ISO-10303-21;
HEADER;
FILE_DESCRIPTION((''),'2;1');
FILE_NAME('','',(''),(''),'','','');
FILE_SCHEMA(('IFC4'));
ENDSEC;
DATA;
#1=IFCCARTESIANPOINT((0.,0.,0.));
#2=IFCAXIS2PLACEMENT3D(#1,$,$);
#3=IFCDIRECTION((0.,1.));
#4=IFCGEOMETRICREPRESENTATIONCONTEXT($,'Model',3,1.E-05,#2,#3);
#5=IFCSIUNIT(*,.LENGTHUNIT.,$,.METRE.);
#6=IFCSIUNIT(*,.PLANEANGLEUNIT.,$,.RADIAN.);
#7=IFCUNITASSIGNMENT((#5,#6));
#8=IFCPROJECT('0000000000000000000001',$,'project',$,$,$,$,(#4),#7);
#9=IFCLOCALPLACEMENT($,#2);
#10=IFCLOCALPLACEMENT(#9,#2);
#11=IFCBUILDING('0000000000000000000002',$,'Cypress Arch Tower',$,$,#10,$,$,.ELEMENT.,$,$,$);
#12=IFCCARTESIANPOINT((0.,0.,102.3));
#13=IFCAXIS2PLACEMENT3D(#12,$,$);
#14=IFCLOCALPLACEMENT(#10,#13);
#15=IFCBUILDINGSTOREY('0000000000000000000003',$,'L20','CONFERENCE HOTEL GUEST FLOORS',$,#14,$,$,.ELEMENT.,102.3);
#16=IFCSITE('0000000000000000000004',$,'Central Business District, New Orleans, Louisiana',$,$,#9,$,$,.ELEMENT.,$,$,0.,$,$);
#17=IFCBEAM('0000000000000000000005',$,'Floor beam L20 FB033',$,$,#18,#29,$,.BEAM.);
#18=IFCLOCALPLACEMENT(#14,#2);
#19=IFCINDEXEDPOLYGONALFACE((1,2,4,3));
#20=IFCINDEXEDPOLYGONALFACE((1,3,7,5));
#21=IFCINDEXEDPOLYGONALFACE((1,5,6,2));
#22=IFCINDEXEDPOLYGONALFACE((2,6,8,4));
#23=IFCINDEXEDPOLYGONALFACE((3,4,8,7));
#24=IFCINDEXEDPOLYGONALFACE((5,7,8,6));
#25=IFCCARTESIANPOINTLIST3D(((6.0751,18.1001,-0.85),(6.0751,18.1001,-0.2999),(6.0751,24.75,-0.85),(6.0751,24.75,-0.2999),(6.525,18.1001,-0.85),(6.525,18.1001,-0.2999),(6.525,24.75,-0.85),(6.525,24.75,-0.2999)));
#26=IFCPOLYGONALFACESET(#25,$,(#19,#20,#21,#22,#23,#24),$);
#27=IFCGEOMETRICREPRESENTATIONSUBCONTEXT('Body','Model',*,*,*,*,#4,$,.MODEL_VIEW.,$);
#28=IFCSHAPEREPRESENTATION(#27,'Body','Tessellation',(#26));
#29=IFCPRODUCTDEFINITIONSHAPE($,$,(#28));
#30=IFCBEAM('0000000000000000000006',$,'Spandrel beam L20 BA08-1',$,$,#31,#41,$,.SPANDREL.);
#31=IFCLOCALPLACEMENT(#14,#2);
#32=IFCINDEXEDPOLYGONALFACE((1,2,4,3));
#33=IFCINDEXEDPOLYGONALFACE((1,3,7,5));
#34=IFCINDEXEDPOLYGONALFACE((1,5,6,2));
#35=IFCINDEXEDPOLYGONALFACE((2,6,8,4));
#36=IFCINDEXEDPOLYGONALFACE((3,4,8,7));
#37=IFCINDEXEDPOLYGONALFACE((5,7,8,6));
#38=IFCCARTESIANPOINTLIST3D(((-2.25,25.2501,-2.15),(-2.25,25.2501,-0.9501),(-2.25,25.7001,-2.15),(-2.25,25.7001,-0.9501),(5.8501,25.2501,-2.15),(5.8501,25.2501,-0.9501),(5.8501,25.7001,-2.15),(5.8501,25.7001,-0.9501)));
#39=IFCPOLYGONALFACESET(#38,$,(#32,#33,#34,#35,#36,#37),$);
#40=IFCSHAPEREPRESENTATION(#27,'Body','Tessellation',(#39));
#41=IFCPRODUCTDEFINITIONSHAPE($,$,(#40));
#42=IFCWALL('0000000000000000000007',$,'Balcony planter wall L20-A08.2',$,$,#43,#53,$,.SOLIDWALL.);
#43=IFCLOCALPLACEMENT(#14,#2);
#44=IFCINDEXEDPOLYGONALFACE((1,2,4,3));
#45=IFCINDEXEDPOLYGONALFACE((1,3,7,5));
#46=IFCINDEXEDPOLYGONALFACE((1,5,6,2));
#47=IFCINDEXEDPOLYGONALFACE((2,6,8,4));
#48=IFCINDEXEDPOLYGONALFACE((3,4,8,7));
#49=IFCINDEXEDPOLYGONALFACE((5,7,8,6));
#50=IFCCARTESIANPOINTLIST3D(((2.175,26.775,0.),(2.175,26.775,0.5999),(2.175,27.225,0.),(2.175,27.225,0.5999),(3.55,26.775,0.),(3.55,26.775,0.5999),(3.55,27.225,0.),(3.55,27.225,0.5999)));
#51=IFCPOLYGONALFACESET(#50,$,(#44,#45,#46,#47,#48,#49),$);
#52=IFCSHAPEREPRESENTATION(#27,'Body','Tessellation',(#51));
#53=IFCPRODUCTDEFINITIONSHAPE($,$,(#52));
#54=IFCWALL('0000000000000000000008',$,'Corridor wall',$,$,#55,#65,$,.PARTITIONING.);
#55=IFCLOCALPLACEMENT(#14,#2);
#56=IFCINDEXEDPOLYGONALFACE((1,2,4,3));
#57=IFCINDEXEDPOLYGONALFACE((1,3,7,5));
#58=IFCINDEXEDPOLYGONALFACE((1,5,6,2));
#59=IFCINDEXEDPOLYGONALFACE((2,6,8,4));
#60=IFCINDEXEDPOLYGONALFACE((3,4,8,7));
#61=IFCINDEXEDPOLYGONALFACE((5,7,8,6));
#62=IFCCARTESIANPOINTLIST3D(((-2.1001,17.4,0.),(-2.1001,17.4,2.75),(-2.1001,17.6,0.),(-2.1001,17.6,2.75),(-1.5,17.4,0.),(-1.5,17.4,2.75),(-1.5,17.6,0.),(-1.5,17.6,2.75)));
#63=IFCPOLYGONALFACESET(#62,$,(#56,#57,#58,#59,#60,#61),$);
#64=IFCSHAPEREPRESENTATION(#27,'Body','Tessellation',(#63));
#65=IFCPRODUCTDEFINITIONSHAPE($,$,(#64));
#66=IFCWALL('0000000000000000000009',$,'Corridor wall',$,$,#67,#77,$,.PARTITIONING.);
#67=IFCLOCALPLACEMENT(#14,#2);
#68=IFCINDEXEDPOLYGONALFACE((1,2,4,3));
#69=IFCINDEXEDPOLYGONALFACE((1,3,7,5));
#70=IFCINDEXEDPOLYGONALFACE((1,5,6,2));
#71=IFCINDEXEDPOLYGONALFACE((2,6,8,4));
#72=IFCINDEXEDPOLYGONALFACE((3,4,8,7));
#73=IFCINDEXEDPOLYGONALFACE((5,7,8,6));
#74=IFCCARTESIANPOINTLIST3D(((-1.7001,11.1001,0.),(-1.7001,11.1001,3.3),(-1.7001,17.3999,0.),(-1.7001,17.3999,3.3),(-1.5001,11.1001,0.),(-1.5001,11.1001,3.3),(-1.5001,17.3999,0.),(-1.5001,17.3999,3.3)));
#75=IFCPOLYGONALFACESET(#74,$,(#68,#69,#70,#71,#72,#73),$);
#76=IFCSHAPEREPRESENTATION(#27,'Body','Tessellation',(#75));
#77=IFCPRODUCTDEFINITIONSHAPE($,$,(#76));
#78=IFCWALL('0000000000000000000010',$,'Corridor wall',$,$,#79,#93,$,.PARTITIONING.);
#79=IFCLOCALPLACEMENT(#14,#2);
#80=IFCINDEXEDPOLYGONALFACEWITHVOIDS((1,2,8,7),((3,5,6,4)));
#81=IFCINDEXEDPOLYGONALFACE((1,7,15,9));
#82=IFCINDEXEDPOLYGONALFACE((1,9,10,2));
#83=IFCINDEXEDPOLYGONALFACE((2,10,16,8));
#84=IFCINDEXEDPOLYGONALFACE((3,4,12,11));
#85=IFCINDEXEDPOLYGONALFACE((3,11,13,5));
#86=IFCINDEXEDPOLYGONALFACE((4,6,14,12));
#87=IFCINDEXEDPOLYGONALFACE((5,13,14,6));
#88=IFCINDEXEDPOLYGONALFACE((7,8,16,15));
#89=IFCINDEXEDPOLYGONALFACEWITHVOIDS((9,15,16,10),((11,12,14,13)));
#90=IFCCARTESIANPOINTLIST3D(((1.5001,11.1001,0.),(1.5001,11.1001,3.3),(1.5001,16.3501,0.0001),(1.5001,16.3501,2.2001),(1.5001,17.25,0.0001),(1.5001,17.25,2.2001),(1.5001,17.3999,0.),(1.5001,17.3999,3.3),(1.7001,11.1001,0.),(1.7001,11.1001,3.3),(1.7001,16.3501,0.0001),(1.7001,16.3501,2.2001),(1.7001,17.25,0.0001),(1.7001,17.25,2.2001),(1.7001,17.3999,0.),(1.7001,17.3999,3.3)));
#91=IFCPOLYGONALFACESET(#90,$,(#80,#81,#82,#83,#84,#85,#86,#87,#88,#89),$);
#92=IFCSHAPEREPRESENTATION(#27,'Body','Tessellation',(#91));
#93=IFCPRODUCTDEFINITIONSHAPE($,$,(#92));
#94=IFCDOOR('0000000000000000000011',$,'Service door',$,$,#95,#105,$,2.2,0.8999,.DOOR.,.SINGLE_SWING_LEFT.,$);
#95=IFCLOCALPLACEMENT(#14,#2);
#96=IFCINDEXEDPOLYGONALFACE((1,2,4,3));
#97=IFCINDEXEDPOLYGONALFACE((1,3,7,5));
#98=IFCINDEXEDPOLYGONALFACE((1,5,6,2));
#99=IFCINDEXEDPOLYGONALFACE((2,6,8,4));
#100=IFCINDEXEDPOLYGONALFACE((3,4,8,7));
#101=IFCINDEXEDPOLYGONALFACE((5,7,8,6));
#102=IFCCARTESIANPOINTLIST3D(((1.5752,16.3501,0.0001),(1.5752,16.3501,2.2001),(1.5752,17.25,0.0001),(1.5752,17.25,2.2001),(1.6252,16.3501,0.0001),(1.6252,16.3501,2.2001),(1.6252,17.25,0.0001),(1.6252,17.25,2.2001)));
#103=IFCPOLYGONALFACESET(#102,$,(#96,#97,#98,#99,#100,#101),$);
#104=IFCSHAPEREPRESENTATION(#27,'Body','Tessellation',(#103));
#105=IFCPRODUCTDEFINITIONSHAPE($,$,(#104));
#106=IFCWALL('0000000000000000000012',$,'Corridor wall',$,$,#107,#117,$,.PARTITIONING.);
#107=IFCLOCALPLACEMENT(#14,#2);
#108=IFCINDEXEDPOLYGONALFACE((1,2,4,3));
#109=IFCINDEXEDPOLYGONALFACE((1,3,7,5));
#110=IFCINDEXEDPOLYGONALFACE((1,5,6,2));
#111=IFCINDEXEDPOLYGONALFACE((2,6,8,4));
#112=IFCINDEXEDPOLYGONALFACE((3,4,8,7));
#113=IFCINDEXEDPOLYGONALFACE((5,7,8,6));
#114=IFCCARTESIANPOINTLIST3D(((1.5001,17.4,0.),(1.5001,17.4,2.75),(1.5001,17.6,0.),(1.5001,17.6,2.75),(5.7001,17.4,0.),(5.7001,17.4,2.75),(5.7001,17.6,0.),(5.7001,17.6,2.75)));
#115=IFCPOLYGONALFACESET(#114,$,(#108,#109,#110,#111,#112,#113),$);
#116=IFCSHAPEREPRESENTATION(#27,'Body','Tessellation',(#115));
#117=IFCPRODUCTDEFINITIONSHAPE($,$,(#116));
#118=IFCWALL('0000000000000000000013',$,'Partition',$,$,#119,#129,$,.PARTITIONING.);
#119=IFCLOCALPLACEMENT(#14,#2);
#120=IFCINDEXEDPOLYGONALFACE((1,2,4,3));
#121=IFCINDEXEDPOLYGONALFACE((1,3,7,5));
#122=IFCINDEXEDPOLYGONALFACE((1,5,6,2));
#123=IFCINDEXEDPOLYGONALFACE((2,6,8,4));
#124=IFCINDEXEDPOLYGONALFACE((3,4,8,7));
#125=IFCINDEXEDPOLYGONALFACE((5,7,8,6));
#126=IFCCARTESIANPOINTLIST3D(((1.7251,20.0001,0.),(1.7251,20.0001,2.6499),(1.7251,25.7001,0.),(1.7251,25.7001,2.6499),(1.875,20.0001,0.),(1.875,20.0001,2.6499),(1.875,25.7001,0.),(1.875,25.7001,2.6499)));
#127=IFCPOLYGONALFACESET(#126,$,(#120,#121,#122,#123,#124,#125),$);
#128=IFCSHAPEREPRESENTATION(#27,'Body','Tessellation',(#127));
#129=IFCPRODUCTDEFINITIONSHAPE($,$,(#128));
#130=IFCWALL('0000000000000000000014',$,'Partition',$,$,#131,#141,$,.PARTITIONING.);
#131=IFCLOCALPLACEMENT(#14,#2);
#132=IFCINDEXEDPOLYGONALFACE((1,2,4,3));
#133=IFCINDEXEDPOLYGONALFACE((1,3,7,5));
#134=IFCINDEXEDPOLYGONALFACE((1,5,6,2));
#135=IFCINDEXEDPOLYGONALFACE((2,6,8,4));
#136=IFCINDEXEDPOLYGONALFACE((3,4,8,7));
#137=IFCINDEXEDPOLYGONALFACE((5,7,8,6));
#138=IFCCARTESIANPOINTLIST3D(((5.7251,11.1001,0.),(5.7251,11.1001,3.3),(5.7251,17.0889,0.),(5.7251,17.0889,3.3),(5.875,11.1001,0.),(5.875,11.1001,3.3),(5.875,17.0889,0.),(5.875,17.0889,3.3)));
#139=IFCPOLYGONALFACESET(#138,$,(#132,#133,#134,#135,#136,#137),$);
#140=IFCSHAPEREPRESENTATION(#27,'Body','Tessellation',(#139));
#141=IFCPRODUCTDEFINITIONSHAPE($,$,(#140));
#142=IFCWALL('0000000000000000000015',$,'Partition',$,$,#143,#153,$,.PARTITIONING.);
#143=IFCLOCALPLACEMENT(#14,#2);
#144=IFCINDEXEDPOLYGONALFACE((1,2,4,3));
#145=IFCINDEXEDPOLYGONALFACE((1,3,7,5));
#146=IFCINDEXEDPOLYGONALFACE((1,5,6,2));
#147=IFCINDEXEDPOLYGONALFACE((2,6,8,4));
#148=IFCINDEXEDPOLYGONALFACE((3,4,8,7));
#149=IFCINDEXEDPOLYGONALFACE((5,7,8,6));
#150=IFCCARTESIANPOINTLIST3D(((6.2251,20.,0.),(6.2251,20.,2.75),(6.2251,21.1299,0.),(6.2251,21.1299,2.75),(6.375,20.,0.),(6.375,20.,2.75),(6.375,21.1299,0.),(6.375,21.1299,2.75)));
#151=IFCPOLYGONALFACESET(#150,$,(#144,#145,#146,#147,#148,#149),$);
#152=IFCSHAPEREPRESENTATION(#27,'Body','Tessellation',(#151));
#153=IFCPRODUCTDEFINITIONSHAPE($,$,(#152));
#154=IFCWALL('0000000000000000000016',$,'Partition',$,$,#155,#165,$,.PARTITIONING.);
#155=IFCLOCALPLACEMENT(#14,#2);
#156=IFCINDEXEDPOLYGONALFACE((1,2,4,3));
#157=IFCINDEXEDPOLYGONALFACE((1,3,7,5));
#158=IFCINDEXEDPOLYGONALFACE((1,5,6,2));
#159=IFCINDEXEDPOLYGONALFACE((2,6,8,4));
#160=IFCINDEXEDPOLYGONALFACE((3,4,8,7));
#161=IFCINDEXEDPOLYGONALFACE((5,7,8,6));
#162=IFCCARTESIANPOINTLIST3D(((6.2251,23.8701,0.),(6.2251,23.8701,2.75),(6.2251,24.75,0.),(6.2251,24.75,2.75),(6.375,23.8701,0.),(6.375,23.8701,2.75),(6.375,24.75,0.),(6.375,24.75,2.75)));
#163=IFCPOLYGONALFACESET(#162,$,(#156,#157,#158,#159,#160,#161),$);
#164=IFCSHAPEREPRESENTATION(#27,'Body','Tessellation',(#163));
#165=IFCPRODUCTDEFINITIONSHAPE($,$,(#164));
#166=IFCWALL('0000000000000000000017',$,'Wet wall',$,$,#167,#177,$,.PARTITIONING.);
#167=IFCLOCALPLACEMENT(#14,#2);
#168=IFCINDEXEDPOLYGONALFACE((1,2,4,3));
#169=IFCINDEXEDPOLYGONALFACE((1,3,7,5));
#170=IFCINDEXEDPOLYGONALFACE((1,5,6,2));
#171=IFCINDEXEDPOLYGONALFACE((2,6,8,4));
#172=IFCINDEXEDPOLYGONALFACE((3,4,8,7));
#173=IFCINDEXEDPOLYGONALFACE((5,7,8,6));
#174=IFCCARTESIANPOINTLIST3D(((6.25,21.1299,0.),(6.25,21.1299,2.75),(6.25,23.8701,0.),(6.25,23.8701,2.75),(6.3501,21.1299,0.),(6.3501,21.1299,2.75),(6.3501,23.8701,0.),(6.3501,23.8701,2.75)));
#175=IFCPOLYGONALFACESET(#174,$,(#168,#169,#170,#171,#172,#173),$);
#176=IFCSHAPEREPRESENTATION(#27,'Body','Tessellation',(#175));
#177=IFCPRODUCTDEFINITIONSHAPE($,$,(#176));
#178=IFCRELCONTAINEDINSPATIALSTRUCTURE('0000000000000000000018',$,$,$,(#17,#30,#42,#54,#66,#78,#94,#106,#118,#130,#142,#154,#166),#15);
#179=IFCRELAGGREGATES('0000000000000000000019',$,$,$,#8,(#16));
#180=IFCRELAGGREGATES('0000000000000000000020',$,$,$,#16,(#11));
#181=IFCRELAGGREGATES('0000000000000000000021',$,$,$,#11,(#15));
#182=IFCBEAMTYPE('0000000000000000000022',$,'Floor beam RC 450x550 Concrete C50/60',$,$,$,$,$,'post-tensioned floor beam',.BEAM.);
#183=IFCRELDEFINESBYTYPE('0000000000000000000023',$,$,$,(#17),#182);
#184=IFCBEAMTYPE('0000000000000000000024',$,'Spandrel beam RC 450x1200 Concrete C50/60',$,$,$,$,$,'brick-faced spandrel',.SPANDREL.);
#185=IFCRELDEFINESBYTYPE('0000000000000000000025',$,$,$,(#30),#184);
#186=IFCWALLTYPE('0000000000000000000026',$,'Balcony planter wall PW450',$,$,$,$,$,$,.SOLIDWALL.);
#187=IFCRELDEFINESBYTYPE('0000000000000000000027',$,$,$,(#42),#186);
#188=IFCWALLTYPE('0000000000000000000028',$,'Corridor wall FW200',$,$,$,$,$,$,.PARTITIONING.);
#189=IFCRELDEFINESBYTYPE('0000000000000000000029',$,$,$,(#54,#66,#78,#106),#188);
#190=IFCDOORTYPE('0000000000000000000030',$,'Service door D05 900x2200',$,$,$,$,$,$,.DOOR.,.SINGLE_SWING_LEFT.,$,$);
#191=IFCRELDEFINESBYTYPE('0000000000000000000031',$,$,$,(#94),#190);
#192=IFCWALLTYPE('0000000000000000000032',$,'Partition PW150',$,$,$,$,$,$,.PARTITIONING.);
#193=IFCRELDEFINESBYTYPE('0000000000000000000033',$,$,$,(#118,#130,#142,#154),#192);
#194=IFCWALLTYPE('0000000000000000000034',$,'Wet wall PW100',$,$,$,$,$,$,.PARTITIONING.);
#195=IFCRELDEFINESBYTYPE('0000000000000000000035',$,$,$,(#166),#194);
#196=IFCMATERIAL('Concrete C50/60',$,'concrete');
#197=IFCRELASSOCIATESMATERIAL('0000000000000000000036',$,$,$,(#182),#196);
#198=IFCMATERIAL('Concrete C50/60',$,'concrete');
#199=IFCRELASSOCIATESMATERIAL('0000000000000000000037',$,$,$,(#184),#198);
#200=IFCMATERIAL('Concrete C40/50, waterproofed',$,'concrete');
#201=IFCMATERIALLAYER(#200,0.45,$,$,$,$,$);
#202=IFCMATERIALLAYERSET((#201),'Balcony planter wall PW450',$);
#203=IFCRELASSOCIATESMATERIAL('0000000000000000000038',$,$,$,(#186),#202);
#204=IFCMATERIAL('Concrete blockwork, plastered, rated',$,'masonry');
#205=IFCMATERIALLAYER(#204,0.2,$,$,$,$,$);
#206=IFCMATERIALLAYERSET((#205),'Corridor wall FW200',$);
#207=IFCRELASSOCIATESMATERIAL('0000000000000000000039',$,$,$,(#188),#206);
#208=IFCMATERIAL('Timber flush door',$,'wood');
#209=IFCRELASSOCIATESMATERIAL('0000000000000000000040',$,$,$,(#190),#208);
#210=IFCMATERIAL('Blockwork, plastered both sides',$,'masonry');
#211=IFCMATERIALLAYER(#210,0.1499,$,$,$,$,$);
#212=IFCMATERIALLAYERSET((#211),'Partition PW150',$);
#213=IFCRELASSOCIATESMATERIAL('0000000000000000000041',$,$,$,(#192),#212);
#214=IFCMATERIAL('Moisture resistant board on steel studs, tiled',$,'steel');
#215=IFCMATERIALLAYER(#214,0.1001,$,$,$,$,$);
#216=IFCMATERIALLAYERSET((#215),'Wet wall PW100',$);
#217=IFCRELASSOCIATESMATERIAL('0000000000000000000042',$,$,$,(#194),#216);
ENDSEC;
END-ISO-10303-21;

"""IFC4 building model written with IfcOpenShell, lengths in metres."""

from ifc_helpers import new_model, si_unit, direction, frame, frame_2d, origin, origin_2d, place, context, subcontext, project, spatial, rectangle, extrude, material, layer, layer_set, material_profile, profile_set, type_object, element, fill, save


model = new_model("IFC4")

# Units and contexts
model_context = context("Model", 3, precision=1e-05, world=origin(), true_north=direction((0.0, 1.0)))
body_context = subcontext(model_context, "Body", "Model", "MODEL_VIEW")
ifc_project = project(units=[si_unit("LENGTHUNIT", "METRE"), si_unit("PLANEANGLEUNIT", "RADIAN")], contexts=[model_context])

# Site, building, storey
site_placement = place(None, origin())
site = spatial("IfcSite", under=ifc_project, at=site_placement, Name="Central Business District, New Orleans, Louisiana", CompositionType="ELEMENT", RefElevation=0.0)
building_placement = place(site_placement, origin())
building = spatial("IfcBuilding", under=site, at=building_placement, Name="Cypress Arch Tower", CompositionType="ELEMENT")
storey_placement = place(building_placement, frame((0.0, 0.0, 102.3)))
storey = spatial("IfcBuildingStorey", under=building, at=storey_placement, Name="L20", Description="CONFERENCE HOTEL GUEST FLOORS", CompositionType="ELEMENT", Elevation=102.3)

# Beams
ifc_material_1 = material(Name="Concrete C50/60", Category="concrete")
ifc_material_profile_1 = material_profile(ifc_material_1, rectangle(XDim=0.45, YDim=0.55, at=origin_2d()), Name="RC 450x550")
ifc_profile_set_1 = profile_set([ifc_material_profile_1], Name="Concrete C50/60")
beam_type_1 = type_object("IfcBeamType", Name="Floor beam RC 450x550 Concrete C50/60", ElementType="post-tensioned floor beam", PredefinedType="BEAM", material=ifc_profile_set_1)
beam_1_placement = place(storey_placement, frame((6.3, 18.1001, -0.575), z_axis=(0.0, 1.0, 0.0), x_axis=(-1.0, 0.0, 0.0)))
element("IfcBeam", 1, at=beam_1_placement, inside=storey, type_object=beam_type_1, Name="Floor beam L20 FB033", PredefinedType="BEAM", context=body_context, shape_type="SweptSolid", body=[
    extrude(rectangle(XDim=0.45, YDim=0.55, at=origin_2d()), origin(), (0.0, 0.0, 1.0), 6.6499),
])
ifc_material_2 = material(Name="Concrete C50/60", Category="concrete")
ifc_material_profile_2 = material_profile(ifc_material_2, rectangle(XDim=0.45, YDim=1.2, at=origin_2d()), Name="RC 450x1200")
ifc_profile_set_2 = profile_set([ifc_material_profile_2], Name="Concrete C50/60")
beam_type_2 = type_object("IfcBeamType", Name="Spandrel beam RC 450x1200 Concrete C50/60", ElementType="brick-faced spandrel", PredefinedType="SPANDREL", material=ifc_profile_set_2)
beam_2_placement = place(storey_placement, frame((5.8501, 25.4751, -1.55), z_axis=(-1.0, 0.0, 0.0), x_axis=(0.0, -1.0, 0.0)))
element("IfcBeam", 2, at=beam_2_placement, inside=storey, type_object=beam_type_2, Name="Spandrel beam L20 BA08-1", PredefinedType="SPANDREL", context=body_context, shape_type="SweptSolid", body=[
    extrude(rectangle(XDim=0.45, YDim=1.2, at=origin_2d()), origin(), (0.0, 0.0, 1.0), 8.1001),
])

# Wall
ifc_material_3 = material(Name="Concrete C40/50, waterproofed", Category="concrete")
ifc_layer_1 = layer(ifc_material_3, 0.45)
ifc_layer_set_1 = layer_set([ifc_layer_1], Name="Balcony planter wall PW450")
wall_type_1 = type_object("IfcWallType", Name="Balcony planter wall PW450", PredefinedType="SOLIDWALL", material=ifc_layer_set_1)
wall_1_placement = place(storey_placement, frame((3.55, 27.0, 0.0), z_axis=(0.0, 0.0, 1.0), x_axis=(-1.0, 0.0, 0.0)))
element("IfcWall", 3, at=wall_1_placement, inside=storey, type_object=wall_type_1, Name="Balcony planter wall L20-A08.2", PredefinedType="SOLIDWALL", context=body_context, shape_type="SweptSolid", body=[
    extrude(rectangle(XDim=1.375, YDim=0.45, at=frame_2d((0.6875, 0.0))), origin(), (0.0, 0.0, 1.0), 0.5999),
])

# Walls
ifc_material_4 = material(Name="Concrete blockwork, plastered, rated", Category="masonry")
ifc_layer_2 = layer(ifc_material_4, 0.2)
ifc_layer_set_2 = layer_set([ifc_layer_2], Name="Corridor wall FW200")
wall_type_2 = type_object("IfcWallType", Name="Corridor wall FW200", PredefinedType="PARTITIONING", material=ifc_layer_set_2)
wall_2_placement = place(storey_placement, frame((-2.1001, 17.5, 0.0), z_axis=(0.0, 0.0, 1.0), x_axis=(1.0, 0.0, 0.0)))
element("IfcWall", 4, at=wall_2_placement, inside=storey, type_object=wall_type_2, Name="Corridor wall", PredefinedType="PARTITIONING", context=body_context, shape_type="SweptSolid", body=[
    extrude(rectangle(XDim=0.6001, YDim=0.2, at=frame_2d((0.3, 0.0))), origin(), (0.0, 0.0, 1.0), 2.75),
])
wall_3_placement = place(storey_placement, frame((-1.6001, 11.1001, 0.0), z_axis=(0.0, 0.0, 1.0), x_axis=(0.0, 1.0, 0.0)))
element("IfcWall", 5, at=wall_3_placement, inside=storey, type_object=wall_type_2, Name="Corridor wall", PredefinedType="PARTITIONING", context=body_context, shape_type="SweptSolid", body=[
    extrude(rectangle(XDim=6.2998, YDim=0.2, at=frame_2d((3.1499, 0.0))), origin(), (0.0, 0.0, 1.0), 3.3),
])

# Wall, opening, door
wall_4_placement = place(storey_placement, frame((1.6001, 11.1001, 0.0), z_axis=(0.0, 0.0, 1.0), x_axis=(0.0, 1.0, 0.0)))
wall_4 = element("IfcWall", 6, at=wall_4_placement, inside=storey, type_object=wall_type_2, Name="Corridor wall", PredefinedType="PARTITIONING", context=body_context, shape_type="SweptSolid", body=[
    extrude(rectangle(XDim=6.2998, YDim=0.2, at=frame_2d((3.1499, 0.0))), origin(), (0.0, 0.0, 1.0), 3.3),
])
opening_1_placement = place(wall_4_placement, frame((5.25, 0.0, 0.0)))
opening_1 = element("IfcOpeningElement", 7, at=opening_1_placement, cuts=wall_4, PredefinedType="OPENING", context=body_context, shape_type="SweptSolid", body=[
    extrude(rectangle(XDim=0.8999, YDim=2.2, at=frame_2d((0.45, 1.1001))), frame((0.0, 0.1099, 0.0), z_axis=(0.0, -1.0, 0.0), x_axis=(1.0, 0.0, 0.0)), (0.0, 0.0, 1.0), 0.22),
])
ifc_material_5 = material(Name="Timber flush door", Category="wood")
door_type_1 = type_object("IfcDoorType", Name="Service door D05 900x2200", OperationType="SINGLE_SWING_LEFT", PredefinedType="DOOR", material=ifc_material_5)
door_1_placement = place(opening_1_placement, origin())
door_1 = element("IfcDoor", 8, at=door_1_placement, inside=storey, type_object=door_type_1, Name="Service door", OperationType="SINGLE_SWING_LEFT", OverallHeight=2.2, OverallWidth=0.8999, PredefinedType="DOOR", context=body_context, shape_type="SweptSolid", body=[
    extrude(rectangle(XDim=0.8999, YDim=2.2, at=frame_2d((0.45, 1.1001))), frame((0.0, 0.0249, 0.0), z_axis=(0.0, -1.0, 0.0), x_axis=(1.0, 0.0, 0.0)), (0.0, 0.0, 1.0), 0.05),
])
fill(opening_1, door_1)

# Walls
wall_5_placement = place(storey_placement, frame((1.5, 17.5, 0.0), z_axis=(0.0, 0.0, 1.0), x_axis=(1.0, 0.0, 0.0)))
element("IfcWall", 9, at=wall_5_placement, inside=storey, type_object=wall_type_2, Name="Corridor wall", PredefinedType="PARTITIONING", context=body_context, shape_type="SweptSolid", body=[
    extrude(rectangle(XDim=4.2, YDim=0.2, at=frame_2d((2.1001, 0.0))), origin(), (0.0, 0.0, 1.0), 2.75),
])
ifc_material_6 = material(Name="Blockwork, plastered both sides", Category="masonry")
ifc_layer_3 = layer(ifc_material_6, 0.1499)
ifc_layer_set_3 = layer_set([ifc_layer_3], Name="Partition PW150")
wall_type_3 = type_object("IfcWallType", Name="Partition PW150", PredefinedType="PARTITIONING", material=ifc_layer_set_3)
wall_6_placement = place(storey_placement, frame((1.8, 20.0, 0.0), z_axis=(0.0, 0.0, 1.0), x_axis=(0.0, 1.0, 0.0)))
element("IfcWall", 10, at=wall_6_placement, inside=storey, type_object=wall_type_3, Name="Partition", PredefinedType="PARTITIONING", context=body_context, shape_type="SweptSolid", body=[
    extrude(rectangle(XDim=5.7, YDim=0.1499, at=frame_2d((2.8501, 0.0))), origin(), (0.0, 0.0, 1.0), 2.6499),
])
wall_7_placement = place(storey_placement, frame((5.8, 11.1001, 0.0), z_axis=(0.0, 0.0, 1.0), x_axis=(0.0, 1.0, 0.0)))
element("IfcWall", 11, at=wall_7_placement, inside=storey, type_object=wall_type_3, Name="Partition", PredefinedType="PARTITIONING", context=body_context, shape_type="SweptSolid", body=[
    extrude(rectangle(XDim=5.9888, YDim=0.1499, at=frame_2d((2.9944, 0.0))), origin(), (0.0, 0.0, 1.0), 3.3),
])
wall_8_placement = place(storey_placement, frame((6.3, 20.0, 0.0), z_axis=(0.0, 0.0, 1.0), x_axis=(0.0, 1.0, 0.0)))
element("IfcWall", 12, at=wall_8_placement, inside=storey, type_object=wall_type_3, Name="Partition", PredefinedType="PARTITIONING", context=body_context, shape_type="SweptSolid", body=[
    extrude(rectangle(XDim=1.1299, YDim=0.1499, at=frame_2d((0.5649, 0.0))), origin(), (0.0, 0.0, 1.0), 2.75),
])
wall_9_placement = place(storey_placement, frame((6.3, 23.8701, 0.0), z_axis=(0.0, 0.0, 1.0), x_axis=(0.0, 1.0, 0.0)))
element("IfcWall", 13, at=wall_9_placement, inside=storey, type_object=wall_type_3, Name="Partition", PredefinedType="PARTITIONING", context=body_context, shape_type="SweptSolid", body=[
    extrude(rectangle(XDim=0.8799, YDim=0.1499, at=frame_2d((0.4399, 0.0))), origin(), (0.0, 0.0, 1.0), 2.75),
])
ifc_material_7 = material(Name="Moisture resistant board on steel studs, tiled", Category="steel")
ifc_layer_4 = layer(ifc_material_7, 0.1001)
ifc_layer_set_4 = layer_set([ifc_layer_4], Name="Wet wall PW100")
wall_type_4 = type_object("IfcWallType", Name="Wet wall PW100", PredefinedType="PARTITIONING", material=ifc_layer_set_4)
wall_10_placement = place(storey_placement, frame((6.3, 21.1299, 0.0), z_axis=(0.0, 0.0, 1.0), x_axis=(0.0, 1.0, 0.0)))
element("IfcWall", 14, at=wall_10_placement, inside=storey, type_object=wall_type_4, Name="Wet wall", PredefinedType="PARTITIONING", context=body_context, shape_type="SweptSolid", body=[
    extrude(rectangle(XDim=2.7402, YDim=0.1001, at=frame_2d((1.3701, 0.0))), origin(), (0.0, 0.0, 1.0), 2.75),
])

save(model, "model.ifc")
